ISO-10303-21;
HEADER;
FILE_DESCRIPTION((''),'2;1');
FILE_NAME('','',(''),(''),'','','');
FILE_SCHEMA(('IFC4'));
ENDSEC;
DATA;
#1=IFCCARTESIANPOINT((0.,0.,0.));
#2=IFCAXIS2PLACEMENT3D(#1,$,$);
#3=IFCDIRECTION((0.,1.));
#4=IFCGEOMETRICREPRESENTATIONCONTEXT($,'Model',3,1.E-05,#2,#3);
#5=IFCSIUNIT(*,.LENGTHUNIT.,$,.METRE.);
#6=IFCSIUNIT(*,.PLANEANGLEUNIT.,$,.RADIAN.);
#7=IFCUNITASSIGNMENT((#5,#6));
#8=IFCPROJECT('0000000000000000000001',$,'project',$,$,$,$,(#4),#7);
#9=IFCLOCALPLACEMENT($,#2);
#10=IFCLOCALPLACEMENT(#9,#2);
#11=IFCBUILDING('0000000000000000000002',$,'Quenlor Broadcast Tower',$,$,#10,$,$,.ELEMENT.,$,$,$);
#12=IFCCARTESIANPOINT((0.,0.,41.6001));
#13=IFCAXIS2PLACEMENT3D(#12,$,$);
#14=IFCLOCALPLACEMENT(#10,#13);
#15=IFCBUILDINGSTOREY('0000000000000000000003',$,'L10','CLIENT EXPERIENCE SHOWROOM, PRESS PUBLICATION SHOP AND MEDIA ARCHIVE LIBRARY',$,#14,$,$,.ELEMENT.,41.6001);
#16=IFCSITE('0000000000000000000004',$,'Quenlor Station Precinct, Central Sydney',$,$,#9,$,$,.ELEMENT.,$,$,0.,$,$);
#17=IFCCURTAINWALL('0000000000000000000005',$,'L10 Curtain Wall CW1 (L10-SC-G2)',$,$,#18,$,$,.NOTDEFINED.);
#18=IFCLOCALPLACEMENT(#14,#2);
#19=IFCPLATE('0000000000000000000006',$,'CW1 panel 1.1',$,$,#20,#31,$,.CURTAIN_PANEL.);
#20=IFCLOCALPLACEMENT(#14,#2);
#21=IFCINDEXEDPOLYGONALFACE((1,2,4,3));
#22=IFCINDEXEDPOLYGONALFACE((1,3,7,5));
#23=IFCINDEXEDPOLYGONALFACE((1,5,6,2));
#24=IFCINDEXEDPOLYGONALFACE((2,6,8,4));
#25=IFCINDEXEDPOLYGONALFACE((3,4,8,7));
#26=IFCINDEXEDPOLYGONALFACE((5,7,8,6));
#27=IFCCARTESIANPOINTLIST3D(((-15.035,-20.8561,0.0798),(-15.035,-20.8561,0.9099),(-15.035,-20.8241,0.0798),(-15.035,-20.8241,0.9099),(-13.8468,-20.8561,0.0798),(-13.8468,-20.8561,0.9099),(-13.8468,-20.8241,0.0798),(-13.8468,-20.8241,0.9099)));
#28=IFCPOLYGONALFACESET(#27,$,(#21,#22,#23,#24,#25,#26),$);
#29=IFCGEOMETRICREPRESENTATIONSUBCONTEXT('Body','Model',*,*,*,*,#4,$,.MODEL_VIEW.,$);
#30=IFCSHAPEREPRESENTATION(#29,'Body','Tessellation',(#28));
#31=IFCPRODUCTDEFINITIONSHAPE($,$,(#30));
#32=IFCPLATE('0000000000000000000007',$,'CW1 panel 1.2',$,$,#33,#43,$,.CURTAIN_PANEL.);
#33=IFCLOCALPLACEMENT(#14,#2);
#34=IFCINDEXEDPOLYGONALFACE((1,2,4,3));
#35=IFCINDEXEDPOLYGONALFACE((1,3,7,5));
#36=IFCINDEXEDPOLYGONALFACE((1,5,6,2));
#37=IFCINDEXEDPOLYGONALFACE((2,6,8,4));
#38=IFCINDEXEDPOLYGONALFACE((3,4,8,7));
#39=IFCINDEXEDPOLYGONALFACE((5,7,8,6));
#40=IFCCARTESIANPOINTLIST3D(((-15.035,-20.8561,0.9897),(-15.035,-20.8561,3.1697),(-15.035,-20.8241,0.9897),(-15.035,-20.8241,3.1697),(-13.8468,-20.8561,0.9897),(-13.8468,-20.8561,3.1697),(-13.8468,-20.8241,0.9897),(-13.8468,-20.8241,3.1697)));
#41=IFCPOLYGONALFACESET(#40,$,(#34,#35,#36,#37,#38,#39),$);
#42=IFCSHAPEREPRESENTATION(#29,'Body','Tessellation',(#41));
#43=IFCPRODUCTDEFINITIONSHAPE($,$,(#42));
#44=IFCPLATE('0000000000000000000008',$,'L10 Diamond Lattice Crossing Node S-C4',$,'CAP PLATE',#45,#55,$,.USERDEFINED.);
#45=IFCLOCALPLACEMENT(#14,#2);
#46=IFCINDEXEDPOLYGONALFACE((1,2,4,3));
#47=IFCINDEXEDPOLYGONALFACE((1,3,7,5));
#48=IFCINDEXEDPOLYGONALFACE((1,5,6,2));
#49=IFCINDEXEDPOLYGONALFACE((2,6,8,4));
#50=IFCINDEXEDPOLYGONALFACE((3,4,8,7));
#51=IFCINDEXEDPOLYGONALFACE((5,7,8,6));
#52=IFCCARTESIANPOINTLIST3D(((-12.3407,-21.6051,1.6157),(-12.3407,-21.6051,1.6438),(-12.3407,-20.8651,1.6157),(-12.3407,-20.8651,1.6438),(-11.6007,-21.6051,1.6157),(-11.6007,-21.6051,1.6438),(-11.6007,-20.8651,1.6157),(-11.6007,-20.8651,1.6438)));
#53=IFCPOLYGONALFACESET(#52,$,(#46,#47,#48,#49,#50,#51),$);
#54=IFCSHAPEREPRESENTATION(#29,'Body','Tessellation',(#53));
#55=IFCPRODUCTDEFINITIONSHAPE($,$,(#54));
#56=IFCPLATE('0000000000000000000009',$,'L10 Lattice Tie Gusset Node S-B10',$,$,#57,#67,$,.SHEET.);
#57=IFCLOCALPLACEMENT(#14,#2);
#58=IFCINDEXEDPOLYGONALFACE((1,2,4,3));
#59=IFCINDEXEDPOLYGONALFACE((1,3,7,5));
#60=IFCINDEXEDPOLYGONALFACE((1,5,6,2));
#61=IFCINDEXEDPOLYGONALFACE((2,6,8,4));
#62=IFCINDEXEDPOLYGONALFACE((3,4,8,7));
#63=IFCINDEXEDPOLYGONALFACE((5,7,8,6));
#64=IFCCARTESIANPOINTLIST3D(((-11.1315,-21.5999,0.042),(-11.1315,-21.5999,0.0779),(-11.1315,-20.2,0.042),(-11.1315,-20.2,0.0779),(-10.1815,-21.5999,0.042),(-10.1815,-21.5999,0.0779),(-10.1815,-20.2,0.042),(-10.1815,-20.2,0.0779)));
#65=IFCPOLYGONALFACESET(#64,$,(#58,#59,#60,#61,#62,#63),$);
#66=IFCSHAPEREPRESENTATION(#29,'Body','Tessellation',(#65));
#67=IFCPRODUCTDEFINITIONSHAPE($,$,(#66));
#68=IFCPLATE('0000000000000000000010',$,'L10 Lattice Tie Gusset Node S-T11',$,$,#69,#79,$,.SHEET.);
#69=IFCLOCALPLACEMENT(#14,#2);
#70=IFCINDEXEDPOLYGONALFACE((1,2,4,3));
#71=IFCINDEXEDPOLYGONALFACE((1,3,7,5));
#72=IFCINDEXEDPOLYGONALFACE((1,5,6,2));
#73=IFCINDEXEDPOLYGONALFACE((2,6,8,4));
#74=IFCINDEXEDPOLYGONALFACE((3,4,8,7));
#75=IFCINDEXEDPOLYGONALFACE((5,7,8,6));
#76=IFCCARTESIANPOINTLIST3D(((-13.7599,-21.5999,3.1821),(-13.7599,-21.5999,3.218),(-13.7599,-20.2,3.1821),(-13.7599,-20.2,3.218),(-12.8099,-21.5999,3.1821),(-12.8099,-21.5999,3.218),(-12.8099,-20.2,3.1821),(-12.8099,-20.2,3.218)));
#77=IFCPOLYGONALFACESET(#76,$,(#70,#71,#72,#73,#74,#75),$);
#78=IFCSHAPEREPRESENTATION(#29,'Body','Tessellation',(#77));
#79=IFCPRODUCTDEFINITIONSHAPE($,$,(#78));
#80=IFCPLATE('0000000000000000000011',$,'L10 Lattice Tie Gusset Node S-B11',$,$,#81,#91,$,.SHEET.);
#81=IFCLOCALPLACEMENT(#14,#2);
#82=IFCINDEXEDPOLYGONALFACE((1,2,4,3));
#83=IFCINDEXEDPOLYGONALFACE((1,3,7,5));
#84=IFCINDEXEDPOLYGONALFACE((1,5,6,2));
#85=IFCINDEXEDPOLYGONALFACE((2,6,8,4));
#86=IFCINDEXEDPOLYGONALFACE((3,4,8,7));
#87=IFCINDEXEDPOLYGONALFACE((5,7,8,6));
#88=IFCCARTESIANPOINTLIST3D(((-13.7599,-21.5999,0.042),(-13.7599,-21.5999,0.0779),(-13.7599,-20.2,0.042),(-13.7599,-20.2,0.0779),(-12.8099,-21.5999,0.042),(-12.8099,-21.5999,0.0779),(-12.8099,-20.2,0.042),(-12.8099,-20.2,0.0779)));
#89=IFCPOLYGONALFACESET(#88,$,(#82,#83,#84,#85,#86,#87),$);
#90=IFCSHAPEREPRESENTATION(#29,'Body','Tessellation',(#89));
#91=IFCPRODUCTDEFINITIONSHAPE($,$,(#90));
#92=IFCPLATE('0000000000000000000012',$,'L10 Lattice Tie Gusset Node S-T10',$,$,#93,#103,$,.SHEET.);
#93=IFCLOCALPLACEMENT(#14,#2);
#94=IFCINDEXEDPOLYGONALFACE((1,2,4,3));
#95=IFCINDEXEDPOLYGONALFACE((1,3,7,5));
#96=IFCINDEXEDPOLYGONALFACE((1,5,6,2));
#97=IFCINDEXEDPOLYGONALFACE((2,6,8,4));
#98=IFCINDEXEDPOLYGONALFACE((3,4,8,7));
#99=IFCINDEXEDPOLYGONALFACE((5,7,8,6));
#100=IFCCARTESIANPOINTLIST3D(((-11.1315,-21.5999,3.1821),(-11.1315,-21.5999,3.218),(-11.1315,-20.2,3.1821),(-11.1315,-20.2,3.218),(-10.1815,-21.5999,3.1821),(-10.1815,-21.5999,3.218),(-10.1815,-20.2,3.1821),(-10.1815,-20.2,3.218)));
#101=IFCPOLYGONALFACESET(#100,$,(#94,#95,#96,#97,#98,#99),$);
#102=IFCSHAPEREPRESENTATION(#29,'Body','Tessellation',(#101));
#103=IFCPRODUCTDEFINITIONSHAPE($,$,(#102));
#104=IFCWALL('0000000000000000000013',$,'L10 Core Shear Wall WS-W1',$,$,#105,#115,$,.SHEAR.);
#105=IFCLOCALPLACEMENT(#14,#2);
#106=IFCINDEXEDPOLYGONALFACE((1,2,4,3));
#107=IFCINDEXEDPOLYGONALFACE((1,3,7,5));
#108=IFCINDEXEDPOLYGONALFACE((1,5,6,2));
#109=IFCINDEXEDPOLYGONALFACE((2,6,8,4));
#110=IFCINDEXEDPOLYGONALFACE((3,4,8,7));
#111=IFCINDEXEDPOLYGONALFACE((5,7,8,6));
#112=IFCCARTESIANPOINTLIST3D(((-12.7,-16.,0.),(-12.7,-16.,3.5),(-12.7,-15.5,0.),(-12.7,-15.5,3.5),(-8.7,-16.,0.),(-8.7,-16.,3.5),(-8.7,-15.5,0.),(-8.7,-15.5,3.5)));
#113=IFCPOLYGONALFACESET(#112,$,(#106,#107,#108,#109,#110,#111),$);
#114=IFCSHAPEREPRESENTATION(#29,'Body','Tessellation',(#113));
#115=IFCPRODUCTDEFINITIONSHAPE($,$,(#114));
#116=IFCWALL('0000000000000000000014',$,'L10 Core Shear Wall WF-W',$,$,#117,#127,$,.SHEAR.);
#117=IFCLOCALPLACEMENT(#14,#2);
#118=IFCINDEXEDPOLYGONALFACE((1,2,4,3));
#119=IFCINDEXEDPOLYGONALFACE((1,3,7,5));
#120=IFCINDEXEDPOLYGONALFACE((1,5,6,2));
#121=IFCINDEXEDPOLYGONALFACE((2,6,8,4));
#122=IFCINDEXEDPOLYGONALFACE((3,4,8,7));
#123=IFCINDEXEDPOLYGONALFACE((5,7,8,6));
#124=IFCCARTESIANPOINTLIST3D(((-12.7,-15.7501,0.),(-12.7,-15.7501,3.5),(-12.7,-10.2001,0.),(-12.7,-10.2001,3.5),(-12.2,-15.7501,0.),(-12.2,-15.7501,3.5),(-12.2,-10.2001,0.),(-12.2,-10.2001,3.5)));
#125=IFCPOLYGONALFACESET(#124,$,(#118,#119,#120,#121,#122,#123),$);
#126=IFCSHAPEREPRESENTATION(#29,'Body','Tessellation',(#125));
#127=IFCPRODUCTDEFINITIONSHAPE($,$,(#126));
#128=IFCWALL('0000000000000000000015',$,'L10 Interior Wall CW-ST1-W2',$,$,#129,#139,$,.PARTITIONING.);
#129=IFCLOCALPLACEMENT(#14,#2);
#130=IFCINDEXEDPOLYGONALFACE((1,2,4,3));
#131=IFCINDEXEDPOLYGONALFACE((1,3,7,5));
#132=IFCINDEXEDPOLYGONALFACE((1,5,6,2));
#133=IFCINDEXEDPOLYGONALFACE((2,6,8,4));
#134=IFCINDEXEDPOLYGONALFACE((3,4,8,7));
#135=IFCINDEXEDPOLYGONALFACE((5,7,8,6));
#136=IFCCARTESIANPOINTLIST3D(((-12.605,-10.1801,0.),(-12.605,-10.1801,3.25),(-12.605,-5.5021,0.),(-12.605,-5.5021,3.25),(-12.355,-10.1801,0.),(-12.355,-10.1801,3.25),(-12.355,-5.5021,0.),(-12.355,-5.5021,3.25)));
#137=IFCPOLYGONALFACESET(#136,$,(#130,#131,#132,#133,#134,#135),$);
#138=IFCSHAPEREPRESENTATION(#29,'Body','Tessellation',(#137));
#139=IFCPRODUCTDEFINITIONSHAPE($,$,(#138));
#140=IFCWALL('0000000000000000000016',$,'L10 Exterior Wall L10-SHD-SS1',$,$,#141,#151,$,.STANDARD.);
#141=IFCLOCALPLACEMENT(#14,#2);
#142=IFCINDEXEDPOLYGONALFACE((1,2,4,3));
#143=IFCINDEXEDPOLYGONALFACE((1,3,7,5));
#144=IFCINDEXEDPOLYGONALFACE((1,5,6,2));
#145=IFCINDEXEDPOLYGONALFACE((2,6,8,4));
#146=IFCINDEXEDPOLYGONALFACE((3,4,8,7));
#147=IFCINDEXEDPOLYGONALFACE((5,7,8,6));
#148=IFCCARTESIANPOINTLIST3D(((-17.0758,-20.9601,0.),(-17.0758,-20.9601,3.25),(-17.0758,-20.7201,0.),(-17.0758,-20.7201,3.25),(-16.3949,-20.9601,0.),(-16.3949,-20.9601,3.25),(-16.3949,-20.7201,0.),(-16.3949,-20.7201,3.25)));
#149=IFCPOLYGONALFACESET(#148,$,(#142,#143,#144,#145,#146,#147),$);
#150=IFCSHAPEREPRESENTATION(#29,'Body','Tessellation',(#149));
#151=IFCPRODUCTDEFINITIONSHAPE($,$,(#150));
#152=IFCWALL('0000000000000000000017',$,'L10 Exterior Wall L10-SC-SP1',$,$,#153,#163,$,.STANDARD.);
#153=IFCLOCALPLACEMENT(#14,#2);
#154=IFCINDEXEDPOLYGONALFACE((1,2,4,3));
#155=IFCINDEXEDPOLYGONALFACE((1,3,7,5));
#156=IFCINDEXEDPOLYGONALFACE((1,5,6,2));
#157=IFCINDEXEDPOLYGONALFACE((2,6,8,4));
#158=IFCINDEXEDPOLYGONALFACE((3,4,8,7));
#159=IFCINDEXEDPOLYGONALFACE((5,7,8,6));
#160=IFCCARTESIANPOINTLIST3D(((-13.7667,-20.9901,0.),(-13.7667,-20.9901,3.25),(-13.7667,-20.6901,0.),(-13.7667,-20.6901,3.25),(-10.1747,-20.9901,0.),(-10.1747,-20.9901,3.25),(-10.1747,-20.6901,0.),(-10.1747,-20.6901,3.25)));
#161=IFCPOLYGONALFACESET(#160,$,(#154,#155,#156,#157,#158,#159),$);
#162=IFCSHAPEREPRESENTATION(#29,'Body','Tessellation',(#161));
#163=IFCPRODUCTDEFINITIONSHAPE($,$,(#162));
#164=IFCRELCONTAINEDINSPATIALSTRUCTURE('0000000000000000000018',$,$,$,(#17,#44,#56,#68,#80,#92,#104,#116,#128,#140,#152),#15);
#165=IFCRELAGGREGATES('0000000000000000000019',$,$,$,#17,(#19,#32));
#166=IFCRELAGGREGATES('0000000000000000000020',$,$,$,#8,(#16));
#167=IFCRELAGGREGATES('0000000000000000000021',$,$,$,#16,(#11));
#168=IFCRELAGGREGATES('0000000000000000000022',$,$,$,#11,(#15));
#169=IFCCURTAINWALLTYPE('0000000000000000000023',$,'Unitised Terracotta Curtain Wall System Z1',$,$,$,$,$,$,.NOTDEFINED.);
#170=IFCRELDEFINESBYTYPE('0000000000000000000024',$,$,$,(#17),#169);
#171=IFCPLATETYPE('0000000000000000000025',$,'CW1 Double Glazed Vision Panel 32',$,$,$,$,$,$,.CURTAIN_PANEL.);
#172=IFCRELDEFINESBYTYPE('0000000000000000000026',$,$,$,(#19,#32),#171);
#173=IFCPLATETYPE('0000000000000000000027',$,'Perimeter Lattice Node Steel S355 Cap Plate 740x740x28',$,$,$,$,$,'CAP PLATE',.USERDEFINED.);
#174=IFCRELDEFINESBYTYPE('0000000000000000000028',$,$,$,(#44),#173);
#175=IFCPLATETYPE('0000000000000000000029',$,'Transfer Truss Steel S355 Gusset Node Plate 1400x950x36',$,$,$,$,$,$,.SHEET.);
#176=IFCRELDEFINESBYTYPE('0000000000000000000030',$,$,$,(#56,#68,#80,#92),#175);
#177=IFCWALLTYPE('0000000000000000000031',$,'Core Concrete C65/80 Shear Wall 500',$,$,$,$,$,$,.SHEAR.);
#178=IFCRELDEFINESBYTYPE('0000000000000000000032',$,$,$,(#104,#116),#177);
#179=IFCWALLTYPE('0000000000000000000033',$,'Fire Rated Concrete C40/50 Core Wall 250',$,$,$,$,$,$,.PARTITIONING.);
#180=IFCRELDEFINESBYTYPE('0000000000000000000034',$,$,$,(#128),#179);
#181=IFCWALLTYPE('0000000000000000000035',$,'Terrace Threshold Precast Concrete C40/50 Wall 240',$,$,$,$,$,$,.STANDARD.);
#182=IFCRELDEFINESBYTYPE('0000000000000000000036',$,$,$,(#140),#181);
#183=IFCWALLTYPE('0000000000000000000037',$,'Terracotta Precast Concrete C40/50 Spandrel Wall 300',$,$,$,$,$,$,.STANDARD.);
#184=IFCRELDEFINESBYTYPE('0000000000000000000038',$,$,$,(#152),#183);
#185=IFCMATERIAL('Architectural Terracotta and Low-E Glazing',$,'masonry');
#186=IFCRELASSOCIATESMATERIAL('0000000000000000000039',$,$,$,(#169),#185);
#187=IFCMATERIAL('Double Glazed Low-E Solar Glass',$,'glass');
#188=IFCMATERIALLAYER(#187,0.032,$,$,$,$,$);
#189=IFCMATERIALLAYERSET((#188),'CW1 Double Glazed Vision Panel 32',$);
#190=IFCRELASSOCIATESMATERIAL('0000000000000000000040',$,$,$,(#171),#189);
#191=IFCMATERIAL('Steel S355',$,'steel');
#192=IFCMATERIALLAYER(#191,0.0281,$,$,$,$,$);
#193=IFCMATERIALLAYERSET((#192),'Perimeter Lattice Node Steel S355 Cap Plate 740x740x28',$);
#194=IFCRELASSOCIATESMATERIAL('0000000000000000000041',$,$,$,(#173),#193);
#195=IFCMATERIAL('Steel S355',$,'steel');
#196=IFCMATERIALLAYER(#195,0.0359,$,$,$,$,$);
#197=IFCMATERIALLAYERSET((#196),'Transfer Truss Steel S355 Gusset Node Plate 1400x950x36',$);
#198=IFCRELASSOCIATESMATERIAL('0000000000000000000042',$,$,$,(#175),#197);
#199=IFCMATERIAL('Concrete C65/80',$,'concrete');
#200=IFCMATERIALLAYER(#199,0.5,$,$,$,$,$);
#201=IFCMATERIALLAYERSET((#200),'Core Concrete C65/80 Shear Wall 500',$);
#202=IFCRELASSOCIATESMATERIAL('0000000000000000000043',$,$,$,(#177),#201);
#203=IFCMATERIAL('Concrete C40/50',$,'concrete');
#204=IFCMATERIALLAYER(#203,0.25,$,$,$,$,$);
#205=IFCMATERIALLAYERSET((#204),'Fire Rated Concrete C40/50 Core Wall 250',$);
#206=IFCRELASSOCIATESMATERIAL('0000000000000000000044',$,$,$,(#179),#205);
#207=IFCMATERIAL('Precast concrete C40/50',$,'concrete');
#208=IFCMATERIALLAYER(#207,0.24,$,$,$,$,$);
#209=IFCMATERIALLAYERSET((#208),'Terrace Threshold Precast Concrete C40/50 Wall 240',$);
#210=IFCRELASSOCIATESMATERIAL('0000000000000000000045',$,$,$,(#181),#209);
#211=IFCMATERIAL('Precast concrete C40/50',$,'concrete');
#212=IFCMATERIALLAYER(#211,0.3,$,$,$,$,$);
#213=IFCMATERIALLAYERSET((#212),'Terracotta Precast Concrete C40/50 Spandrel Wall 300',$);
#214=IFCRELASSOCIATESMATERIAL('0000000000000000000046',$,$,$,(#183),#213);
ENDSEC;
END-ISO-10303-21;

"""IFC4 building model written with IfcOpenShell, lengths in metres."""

from ifc_helpers import new_model, si_unit, direction, frame, frame_2d, origin, origin_2d, place, context, subcontext, project, spatial, rectangle, extrude, material, layer, layer_set, type_object, element, aggregate, save


model = new_model("IFC4")

# Units and contexts
model_context = context("Model", 3, precision=1e-05, world=origin(), true_north=direction((0.0, 1.0)))
body_context = subcontext(model_context, "Body", "Model", "MODEL_VIEW")
ifc_project = project(units=[si_unit("LENGTHUNIT", "METRE"), si_unit("PLANEANGLEUNIT", "RADIAN")], contexts=[model_context])

# Site, building, storey
site_placement = place(None, origin())
site = spatial("IfcSite", under=ifc_project, at=site_placement, Name="Quenlor Station Precinct, Central Sydney", CompositionType="ELEMENT", RefElevation=0.0)
building_placement = place(site_placement, origin())
building = spatial("IfcBuilding", under=site, at=building_placement, Name="Quenlor Broadcast Tower", CompositionType="ELEMENT")
storey_placement = place(building_placement, frame((0.0, 0.0, 41.6001)))
storey = spatial("IfcBuildingStorey", under=building, at=storey_placement, Name="L10", Description="CLIENT EXPERIENCE SHOWROOM, PRESS PUBLICATION SHOP AND MEDIA ARCHIVE LIBRARY", CompositionType="ELEMENT", Elevation=41.6001)

# Curtain wall
ifc_material_1 = material(Name="Architectural Terracotta and Low-E Glazing", Category="masonry")
curtain_wall_type = type_object("IfcCurtainWallType", Name="Unitised Terracotta Curtain Wall System Z1", PredefinedType="NOTDEFINED", material=ifc_material_1)
curtain_wall_placement = place(storey_placement, origin())
curtain_wall = element("IfcCurtainWall", 1, at=curtain_wall_placement, inside=storey, type_object=curtain_wall_type, Name="L10 Curtain Wall CW1 (L10-SC-G2)", PredefinedType="NOTDEFINED")

# Plates
ifc_material_2 = material(Name="Double Glazed Low-E Solar Glass", Category="glass")
ifc_layer_1 = layer(ifc_material_2, 0.032)
ifc_layer_set_1 = layer_set([ifc_layer_1], Name="CW1 Double Glazed Vision Panel 32")
plate_type_1 = type_object("IfcPlateType", Name="CW1 Double Glazed Vision Panel 32", PredefinedType="CURTAIN_PANEL", material=ifc_layer_set_1)
plate_1_placement = place(storey_placement, frame((-14.4409, -20.8401, 0.0798), z_axis=(0.0, 0.0, 1.0), x_axis=(-1.0, 0.0, 0.0)))
plate_1 = element("IfcPlate", 2, at=plate_1_placement, type_object=plate_type_1, Name="CW1 panel 1.1", PredefinedType="CURTAIN_PANEL", context=body_context, shape_type="SweptSolid", body=[
    extrude(rectangle(XDim=1.1882, YDim=0.032, at=origin_2d()), origin(), (0.0, 0.0, 1.0), 0.8301),
])
plate_2_placement = place(storey_placement, frame((-14.4409, -20.8401, 0.9897), z_axis=(0.0, 0.0, 1.0), x_axis=(-1.0, 0.0, 0.0)))
plate_2 = element("IfcPlate", 3, at=plate_2_placement, type_object=plate_type_1, Name="CW1 panel 1.2", PredefinedType="CURTAIN_PANEL", context=body_context, shape_type="SweptSolid", body=[
    extrude(rectangle(XDim=1.1882, YDim=0.032, at=origin_2d()), origin(), (0.0, 0.0, 1.0), 2.1799),
])
aggregate(curtain_wall, [plate_1, plate_2])

# Plates
ifc_material_3 = material(Name="Steel S355", Category="steel")
ifc_layer_2 = layer(ifc_material_3, 0.0281)
ifc_layer_set_2 = layer_set([ifc_layer_2], Name="Perimeter Lattice Node Steel S355 Cap Plate 740x740x28")
plate_type_2 = type_object("IfcPlateType", Name="Perimeter Lattice Node Steel S355 Cap Plate 740x740x28", ElementType="CAP PLATE", PredefinedType="USERDEFINED", material=ifc_layer_set_2)
plate_3_placement = place(storey_placement, frame((-11.9707, -21.2351, 1.6157), z_axis=(0.0, 0.0, 1.0), x_axis=(-1.0, 0.0, 0.0)))
element("IfcPlate", 4, at=plate_3_placement, inside=storey, type_object=plate_type_2, Name="L10 Diamond Lattice Crossing Node S-C4", ObjectType="CAP PLATE", PredefinedType="USERDEFINED", context=body_context, shape_type="SweptSolid", body=[
    extrude(rectangle(XDim=0.74, YDim=0.74, at=origin_2d()), origin(), (0.0, 0.0, 1.0), 0.0281),
])
ifc_material_4 = material(Name="Steel S355", Category="steel")
ifc_layer_3 = layer(ifc_material_4, 0.0359)
ifc_layer_set_3 = layer_set([ifc_layer_3], Name="Transfer Truss Steel S355 Gusset Node Plate 1400x950x36")
plate_type_3 = type_object("IfcPlateType", Name="Transfer Truss Steel S355 Gusset Node Plate 1400x950x36", PredefinedType="SHEET", material=ifc_layer_set_3)
for number, where, z_axis, x_axis, name in (
    (5, (-10.6565, -20.8999, 0.042), (0.0, 0.0, 1.0), (0.0, -1.0, 0.0), "L10 Lattice Tie Gusset Node S-B10"),
    (6, (-13.2849, -20.8999, 3.1821), (0.0, 0.0, 1.0), (0.0, -1.0, 0.0), "L10 Lattice Tie Gusset Node S-T11"),
    (7, (-13.2849, -20.8999, 0.042), (0.0, 0.0, 1.0), (0.0, -1.0, 0.0), "L10 Lattice Tie Gusset Node S-B11"),
    (8, (-10.6565, -20.8999, 3.1821), (0.0, 0.0, 1.0), (0.0, -1.0, 0.0), "L10 Lattice Tie Gusset Node S-T10"),
):
    element("IfcPlate", number, at=place(storey_placement, frame(where, z_axis=z_axis, x_axis=x_axis)), inside=storey, type_object=plate_type_3, Name=name, PredefinedType="SHEET", context=body_context, shape_type="SweptSolid", body=[
        extrude(rectangle(XDim=1.3999, YDim=0.95, at=origin_2d()), origin(), (0.0, 0.0, 1.0), 0.0359),
    ])

# Walls
ifc_material_5 = material(Name="Concrete C65/80", Category="concrete")
ifc_layer_4 = layer(ifc_material_5, 0.5)
ifc_layer_set_4 = layer_set([ifc_layer_4], Name="Core Concrete C65/80 Shear Wall 500")
wall_type_1 = type_object("IfcWallType", Name="Core Concrete C65/80 Shear Wall 500", PredefinedType="SHEAR", material=ifc_layer_set_4)
wall_1_placement = place(storey_placement, frame((-12.7, -15.75, 0.0), z_axis=(0.0, 0.0, 1.0), x_axis=(1.0, 0.0, 0.0)))
element("IfcWall", 9, at=wall_1_placement, inside=storey, type_object=wall_type_1, Name="L10 Core Shear Wall WS-W1", PredefinedType="SHEAR", context=body_context, shape_type="SweptSolid", body=[
    extrude(rectangle(XDim=4.0, YDim=0.5, at=frame_2d((2.0, 0.0))), origin(), (0.0, 0.0, 1.0), 3.5),
])
wall_2_placement = place(storey_placement, frame((-12.45, -15.75, 0.0), z_axis=(0.0, 0.0, 1.0), x_axis=(0.0, 1.0, 0.0)))
element("IfcWall", 10, at=wall_2_placement, inside=storey, type_object=wall_type_1, Name="L10 Core Shear Wall WF-W", PredefinedType="SHEAR", context=body_context, shape_type="SweptSolid", body=[
    extrude(rectangle(XDim=5.55, YDim=0.5, at=frame_2d((2.7749, 0.0))), origin(), (0.0, 0.0, 1.0), 3.5),
])
ifc_material_6 = material(Name="Concrete C40/50", Category="concrete")
ifc_layer_5 = layer(ifc_material_6, 0.25)
ifc_layer_set_5 = layer_set([ifc_layer_5], Name="Fire Rated Concrete C40/50 Core Wall 250")
wall_type_2 = type_object("IfcWallType", Name="Fire Rated Concrete C40/50 Core Wall 250", PredefinedType="PARTITIONING", material=ifc_layer_set_5)
wall_3_placement = place(storey_placement, frame((-12.48, -10.1799, 0.0), z_axis=(0.0, 0.0, 1.0), x_axis=(0.0, 1.0, 0.0)))
element("IfcWall", 11, at=wall_3_placement, inside=storey, type_object=wall_type_2, Name="L10 Interior Wall CW-ST1-W2", PredefinedType="PARTITIONING", context=body_context, shape_type="SweptSolid", body=[
    extrude(rectangle(XDim=4.678, YDim=0.25, at=frame_2d((2.3389, 0.0))), origin(), (0.0, 0.0, 1.0), 3.25),
])
ifc_material_7 = material(Name="Precast concrete C40/50", Category="concrete")
ifc_layer_6 = layer(ifc_material_7, 0.24)
ifc_layer_set_6 = layer_set([ifc_layer_6], Name="Terrace Threshold Precast Concrete C40/50 Wall 240")
wall_type_3 = type_object("IfcWallType", Name="Terrace Threshold Precast Concrete C40/50 Wall 240", PredefinedType="STANDARD", material=ifc_layer_set_6)
wall_4_placement = place(storey_placement, frame((-16.395, -20.8401, 0.0), z_axis=(0.0, 0.0, 1.0), x_axis=(-1.0, 0.0, 0.0)))
element("IfcWall", 12, at=wall_4_placement, inside=storey, type_object=wall_type_3, Name="L10 Exterior Wall L10-SHD-SS1", PredefinedType="STANDARD", context=body_context, shape_type="SweptSolid", body=[
    extrude(rectangle(XDim=0.6809, YDim=0.24, at=frame_2d((0.3403, 0.0))), origin(), (0.0, 0.0, 1.0), 3.25),
])
ifc_material_8 = material(Name="Precast concrete C40/50", Category="concrete")
ifc_layer_7 = layer(ifc_material_8, 0.3)
ifc_layer_set_7 = layer_set([ifc_layer_7], Name="Terracotta Precast Concrete C40/50 Spandrel Wall 300")
wall_type_4 = type_object("IfcWallType", Name="Terracotta Precast Concrete C40/50 Spandrel Wall 300", PredefinedType="STANDARD", material=ifc_layer_set_7)
wall_5_placement = place(storey_placement, frame((-10.1748, -20.8401, 0.0), z_axis=(0.0, 0.0, 1.0), x_axis=(-1.0, 0.0, 0.0)))
element("IfcWall", 13, at=wall_5_placement, inside=storey, type_object=wall_type_4, Name="L10 Exterior Wall L10-SC-SP1", PredefinedType="STANDARD", context=body_context, shape_type="SweptSolid", body=[
    extrude(rectangle(XDim=3.592, YDim=0.3, at=frame_2d((1.7959, 0.0))), origin(), (0.0, 0.0, 1.0), 3.25),
])

save(model, "model.ifc")
